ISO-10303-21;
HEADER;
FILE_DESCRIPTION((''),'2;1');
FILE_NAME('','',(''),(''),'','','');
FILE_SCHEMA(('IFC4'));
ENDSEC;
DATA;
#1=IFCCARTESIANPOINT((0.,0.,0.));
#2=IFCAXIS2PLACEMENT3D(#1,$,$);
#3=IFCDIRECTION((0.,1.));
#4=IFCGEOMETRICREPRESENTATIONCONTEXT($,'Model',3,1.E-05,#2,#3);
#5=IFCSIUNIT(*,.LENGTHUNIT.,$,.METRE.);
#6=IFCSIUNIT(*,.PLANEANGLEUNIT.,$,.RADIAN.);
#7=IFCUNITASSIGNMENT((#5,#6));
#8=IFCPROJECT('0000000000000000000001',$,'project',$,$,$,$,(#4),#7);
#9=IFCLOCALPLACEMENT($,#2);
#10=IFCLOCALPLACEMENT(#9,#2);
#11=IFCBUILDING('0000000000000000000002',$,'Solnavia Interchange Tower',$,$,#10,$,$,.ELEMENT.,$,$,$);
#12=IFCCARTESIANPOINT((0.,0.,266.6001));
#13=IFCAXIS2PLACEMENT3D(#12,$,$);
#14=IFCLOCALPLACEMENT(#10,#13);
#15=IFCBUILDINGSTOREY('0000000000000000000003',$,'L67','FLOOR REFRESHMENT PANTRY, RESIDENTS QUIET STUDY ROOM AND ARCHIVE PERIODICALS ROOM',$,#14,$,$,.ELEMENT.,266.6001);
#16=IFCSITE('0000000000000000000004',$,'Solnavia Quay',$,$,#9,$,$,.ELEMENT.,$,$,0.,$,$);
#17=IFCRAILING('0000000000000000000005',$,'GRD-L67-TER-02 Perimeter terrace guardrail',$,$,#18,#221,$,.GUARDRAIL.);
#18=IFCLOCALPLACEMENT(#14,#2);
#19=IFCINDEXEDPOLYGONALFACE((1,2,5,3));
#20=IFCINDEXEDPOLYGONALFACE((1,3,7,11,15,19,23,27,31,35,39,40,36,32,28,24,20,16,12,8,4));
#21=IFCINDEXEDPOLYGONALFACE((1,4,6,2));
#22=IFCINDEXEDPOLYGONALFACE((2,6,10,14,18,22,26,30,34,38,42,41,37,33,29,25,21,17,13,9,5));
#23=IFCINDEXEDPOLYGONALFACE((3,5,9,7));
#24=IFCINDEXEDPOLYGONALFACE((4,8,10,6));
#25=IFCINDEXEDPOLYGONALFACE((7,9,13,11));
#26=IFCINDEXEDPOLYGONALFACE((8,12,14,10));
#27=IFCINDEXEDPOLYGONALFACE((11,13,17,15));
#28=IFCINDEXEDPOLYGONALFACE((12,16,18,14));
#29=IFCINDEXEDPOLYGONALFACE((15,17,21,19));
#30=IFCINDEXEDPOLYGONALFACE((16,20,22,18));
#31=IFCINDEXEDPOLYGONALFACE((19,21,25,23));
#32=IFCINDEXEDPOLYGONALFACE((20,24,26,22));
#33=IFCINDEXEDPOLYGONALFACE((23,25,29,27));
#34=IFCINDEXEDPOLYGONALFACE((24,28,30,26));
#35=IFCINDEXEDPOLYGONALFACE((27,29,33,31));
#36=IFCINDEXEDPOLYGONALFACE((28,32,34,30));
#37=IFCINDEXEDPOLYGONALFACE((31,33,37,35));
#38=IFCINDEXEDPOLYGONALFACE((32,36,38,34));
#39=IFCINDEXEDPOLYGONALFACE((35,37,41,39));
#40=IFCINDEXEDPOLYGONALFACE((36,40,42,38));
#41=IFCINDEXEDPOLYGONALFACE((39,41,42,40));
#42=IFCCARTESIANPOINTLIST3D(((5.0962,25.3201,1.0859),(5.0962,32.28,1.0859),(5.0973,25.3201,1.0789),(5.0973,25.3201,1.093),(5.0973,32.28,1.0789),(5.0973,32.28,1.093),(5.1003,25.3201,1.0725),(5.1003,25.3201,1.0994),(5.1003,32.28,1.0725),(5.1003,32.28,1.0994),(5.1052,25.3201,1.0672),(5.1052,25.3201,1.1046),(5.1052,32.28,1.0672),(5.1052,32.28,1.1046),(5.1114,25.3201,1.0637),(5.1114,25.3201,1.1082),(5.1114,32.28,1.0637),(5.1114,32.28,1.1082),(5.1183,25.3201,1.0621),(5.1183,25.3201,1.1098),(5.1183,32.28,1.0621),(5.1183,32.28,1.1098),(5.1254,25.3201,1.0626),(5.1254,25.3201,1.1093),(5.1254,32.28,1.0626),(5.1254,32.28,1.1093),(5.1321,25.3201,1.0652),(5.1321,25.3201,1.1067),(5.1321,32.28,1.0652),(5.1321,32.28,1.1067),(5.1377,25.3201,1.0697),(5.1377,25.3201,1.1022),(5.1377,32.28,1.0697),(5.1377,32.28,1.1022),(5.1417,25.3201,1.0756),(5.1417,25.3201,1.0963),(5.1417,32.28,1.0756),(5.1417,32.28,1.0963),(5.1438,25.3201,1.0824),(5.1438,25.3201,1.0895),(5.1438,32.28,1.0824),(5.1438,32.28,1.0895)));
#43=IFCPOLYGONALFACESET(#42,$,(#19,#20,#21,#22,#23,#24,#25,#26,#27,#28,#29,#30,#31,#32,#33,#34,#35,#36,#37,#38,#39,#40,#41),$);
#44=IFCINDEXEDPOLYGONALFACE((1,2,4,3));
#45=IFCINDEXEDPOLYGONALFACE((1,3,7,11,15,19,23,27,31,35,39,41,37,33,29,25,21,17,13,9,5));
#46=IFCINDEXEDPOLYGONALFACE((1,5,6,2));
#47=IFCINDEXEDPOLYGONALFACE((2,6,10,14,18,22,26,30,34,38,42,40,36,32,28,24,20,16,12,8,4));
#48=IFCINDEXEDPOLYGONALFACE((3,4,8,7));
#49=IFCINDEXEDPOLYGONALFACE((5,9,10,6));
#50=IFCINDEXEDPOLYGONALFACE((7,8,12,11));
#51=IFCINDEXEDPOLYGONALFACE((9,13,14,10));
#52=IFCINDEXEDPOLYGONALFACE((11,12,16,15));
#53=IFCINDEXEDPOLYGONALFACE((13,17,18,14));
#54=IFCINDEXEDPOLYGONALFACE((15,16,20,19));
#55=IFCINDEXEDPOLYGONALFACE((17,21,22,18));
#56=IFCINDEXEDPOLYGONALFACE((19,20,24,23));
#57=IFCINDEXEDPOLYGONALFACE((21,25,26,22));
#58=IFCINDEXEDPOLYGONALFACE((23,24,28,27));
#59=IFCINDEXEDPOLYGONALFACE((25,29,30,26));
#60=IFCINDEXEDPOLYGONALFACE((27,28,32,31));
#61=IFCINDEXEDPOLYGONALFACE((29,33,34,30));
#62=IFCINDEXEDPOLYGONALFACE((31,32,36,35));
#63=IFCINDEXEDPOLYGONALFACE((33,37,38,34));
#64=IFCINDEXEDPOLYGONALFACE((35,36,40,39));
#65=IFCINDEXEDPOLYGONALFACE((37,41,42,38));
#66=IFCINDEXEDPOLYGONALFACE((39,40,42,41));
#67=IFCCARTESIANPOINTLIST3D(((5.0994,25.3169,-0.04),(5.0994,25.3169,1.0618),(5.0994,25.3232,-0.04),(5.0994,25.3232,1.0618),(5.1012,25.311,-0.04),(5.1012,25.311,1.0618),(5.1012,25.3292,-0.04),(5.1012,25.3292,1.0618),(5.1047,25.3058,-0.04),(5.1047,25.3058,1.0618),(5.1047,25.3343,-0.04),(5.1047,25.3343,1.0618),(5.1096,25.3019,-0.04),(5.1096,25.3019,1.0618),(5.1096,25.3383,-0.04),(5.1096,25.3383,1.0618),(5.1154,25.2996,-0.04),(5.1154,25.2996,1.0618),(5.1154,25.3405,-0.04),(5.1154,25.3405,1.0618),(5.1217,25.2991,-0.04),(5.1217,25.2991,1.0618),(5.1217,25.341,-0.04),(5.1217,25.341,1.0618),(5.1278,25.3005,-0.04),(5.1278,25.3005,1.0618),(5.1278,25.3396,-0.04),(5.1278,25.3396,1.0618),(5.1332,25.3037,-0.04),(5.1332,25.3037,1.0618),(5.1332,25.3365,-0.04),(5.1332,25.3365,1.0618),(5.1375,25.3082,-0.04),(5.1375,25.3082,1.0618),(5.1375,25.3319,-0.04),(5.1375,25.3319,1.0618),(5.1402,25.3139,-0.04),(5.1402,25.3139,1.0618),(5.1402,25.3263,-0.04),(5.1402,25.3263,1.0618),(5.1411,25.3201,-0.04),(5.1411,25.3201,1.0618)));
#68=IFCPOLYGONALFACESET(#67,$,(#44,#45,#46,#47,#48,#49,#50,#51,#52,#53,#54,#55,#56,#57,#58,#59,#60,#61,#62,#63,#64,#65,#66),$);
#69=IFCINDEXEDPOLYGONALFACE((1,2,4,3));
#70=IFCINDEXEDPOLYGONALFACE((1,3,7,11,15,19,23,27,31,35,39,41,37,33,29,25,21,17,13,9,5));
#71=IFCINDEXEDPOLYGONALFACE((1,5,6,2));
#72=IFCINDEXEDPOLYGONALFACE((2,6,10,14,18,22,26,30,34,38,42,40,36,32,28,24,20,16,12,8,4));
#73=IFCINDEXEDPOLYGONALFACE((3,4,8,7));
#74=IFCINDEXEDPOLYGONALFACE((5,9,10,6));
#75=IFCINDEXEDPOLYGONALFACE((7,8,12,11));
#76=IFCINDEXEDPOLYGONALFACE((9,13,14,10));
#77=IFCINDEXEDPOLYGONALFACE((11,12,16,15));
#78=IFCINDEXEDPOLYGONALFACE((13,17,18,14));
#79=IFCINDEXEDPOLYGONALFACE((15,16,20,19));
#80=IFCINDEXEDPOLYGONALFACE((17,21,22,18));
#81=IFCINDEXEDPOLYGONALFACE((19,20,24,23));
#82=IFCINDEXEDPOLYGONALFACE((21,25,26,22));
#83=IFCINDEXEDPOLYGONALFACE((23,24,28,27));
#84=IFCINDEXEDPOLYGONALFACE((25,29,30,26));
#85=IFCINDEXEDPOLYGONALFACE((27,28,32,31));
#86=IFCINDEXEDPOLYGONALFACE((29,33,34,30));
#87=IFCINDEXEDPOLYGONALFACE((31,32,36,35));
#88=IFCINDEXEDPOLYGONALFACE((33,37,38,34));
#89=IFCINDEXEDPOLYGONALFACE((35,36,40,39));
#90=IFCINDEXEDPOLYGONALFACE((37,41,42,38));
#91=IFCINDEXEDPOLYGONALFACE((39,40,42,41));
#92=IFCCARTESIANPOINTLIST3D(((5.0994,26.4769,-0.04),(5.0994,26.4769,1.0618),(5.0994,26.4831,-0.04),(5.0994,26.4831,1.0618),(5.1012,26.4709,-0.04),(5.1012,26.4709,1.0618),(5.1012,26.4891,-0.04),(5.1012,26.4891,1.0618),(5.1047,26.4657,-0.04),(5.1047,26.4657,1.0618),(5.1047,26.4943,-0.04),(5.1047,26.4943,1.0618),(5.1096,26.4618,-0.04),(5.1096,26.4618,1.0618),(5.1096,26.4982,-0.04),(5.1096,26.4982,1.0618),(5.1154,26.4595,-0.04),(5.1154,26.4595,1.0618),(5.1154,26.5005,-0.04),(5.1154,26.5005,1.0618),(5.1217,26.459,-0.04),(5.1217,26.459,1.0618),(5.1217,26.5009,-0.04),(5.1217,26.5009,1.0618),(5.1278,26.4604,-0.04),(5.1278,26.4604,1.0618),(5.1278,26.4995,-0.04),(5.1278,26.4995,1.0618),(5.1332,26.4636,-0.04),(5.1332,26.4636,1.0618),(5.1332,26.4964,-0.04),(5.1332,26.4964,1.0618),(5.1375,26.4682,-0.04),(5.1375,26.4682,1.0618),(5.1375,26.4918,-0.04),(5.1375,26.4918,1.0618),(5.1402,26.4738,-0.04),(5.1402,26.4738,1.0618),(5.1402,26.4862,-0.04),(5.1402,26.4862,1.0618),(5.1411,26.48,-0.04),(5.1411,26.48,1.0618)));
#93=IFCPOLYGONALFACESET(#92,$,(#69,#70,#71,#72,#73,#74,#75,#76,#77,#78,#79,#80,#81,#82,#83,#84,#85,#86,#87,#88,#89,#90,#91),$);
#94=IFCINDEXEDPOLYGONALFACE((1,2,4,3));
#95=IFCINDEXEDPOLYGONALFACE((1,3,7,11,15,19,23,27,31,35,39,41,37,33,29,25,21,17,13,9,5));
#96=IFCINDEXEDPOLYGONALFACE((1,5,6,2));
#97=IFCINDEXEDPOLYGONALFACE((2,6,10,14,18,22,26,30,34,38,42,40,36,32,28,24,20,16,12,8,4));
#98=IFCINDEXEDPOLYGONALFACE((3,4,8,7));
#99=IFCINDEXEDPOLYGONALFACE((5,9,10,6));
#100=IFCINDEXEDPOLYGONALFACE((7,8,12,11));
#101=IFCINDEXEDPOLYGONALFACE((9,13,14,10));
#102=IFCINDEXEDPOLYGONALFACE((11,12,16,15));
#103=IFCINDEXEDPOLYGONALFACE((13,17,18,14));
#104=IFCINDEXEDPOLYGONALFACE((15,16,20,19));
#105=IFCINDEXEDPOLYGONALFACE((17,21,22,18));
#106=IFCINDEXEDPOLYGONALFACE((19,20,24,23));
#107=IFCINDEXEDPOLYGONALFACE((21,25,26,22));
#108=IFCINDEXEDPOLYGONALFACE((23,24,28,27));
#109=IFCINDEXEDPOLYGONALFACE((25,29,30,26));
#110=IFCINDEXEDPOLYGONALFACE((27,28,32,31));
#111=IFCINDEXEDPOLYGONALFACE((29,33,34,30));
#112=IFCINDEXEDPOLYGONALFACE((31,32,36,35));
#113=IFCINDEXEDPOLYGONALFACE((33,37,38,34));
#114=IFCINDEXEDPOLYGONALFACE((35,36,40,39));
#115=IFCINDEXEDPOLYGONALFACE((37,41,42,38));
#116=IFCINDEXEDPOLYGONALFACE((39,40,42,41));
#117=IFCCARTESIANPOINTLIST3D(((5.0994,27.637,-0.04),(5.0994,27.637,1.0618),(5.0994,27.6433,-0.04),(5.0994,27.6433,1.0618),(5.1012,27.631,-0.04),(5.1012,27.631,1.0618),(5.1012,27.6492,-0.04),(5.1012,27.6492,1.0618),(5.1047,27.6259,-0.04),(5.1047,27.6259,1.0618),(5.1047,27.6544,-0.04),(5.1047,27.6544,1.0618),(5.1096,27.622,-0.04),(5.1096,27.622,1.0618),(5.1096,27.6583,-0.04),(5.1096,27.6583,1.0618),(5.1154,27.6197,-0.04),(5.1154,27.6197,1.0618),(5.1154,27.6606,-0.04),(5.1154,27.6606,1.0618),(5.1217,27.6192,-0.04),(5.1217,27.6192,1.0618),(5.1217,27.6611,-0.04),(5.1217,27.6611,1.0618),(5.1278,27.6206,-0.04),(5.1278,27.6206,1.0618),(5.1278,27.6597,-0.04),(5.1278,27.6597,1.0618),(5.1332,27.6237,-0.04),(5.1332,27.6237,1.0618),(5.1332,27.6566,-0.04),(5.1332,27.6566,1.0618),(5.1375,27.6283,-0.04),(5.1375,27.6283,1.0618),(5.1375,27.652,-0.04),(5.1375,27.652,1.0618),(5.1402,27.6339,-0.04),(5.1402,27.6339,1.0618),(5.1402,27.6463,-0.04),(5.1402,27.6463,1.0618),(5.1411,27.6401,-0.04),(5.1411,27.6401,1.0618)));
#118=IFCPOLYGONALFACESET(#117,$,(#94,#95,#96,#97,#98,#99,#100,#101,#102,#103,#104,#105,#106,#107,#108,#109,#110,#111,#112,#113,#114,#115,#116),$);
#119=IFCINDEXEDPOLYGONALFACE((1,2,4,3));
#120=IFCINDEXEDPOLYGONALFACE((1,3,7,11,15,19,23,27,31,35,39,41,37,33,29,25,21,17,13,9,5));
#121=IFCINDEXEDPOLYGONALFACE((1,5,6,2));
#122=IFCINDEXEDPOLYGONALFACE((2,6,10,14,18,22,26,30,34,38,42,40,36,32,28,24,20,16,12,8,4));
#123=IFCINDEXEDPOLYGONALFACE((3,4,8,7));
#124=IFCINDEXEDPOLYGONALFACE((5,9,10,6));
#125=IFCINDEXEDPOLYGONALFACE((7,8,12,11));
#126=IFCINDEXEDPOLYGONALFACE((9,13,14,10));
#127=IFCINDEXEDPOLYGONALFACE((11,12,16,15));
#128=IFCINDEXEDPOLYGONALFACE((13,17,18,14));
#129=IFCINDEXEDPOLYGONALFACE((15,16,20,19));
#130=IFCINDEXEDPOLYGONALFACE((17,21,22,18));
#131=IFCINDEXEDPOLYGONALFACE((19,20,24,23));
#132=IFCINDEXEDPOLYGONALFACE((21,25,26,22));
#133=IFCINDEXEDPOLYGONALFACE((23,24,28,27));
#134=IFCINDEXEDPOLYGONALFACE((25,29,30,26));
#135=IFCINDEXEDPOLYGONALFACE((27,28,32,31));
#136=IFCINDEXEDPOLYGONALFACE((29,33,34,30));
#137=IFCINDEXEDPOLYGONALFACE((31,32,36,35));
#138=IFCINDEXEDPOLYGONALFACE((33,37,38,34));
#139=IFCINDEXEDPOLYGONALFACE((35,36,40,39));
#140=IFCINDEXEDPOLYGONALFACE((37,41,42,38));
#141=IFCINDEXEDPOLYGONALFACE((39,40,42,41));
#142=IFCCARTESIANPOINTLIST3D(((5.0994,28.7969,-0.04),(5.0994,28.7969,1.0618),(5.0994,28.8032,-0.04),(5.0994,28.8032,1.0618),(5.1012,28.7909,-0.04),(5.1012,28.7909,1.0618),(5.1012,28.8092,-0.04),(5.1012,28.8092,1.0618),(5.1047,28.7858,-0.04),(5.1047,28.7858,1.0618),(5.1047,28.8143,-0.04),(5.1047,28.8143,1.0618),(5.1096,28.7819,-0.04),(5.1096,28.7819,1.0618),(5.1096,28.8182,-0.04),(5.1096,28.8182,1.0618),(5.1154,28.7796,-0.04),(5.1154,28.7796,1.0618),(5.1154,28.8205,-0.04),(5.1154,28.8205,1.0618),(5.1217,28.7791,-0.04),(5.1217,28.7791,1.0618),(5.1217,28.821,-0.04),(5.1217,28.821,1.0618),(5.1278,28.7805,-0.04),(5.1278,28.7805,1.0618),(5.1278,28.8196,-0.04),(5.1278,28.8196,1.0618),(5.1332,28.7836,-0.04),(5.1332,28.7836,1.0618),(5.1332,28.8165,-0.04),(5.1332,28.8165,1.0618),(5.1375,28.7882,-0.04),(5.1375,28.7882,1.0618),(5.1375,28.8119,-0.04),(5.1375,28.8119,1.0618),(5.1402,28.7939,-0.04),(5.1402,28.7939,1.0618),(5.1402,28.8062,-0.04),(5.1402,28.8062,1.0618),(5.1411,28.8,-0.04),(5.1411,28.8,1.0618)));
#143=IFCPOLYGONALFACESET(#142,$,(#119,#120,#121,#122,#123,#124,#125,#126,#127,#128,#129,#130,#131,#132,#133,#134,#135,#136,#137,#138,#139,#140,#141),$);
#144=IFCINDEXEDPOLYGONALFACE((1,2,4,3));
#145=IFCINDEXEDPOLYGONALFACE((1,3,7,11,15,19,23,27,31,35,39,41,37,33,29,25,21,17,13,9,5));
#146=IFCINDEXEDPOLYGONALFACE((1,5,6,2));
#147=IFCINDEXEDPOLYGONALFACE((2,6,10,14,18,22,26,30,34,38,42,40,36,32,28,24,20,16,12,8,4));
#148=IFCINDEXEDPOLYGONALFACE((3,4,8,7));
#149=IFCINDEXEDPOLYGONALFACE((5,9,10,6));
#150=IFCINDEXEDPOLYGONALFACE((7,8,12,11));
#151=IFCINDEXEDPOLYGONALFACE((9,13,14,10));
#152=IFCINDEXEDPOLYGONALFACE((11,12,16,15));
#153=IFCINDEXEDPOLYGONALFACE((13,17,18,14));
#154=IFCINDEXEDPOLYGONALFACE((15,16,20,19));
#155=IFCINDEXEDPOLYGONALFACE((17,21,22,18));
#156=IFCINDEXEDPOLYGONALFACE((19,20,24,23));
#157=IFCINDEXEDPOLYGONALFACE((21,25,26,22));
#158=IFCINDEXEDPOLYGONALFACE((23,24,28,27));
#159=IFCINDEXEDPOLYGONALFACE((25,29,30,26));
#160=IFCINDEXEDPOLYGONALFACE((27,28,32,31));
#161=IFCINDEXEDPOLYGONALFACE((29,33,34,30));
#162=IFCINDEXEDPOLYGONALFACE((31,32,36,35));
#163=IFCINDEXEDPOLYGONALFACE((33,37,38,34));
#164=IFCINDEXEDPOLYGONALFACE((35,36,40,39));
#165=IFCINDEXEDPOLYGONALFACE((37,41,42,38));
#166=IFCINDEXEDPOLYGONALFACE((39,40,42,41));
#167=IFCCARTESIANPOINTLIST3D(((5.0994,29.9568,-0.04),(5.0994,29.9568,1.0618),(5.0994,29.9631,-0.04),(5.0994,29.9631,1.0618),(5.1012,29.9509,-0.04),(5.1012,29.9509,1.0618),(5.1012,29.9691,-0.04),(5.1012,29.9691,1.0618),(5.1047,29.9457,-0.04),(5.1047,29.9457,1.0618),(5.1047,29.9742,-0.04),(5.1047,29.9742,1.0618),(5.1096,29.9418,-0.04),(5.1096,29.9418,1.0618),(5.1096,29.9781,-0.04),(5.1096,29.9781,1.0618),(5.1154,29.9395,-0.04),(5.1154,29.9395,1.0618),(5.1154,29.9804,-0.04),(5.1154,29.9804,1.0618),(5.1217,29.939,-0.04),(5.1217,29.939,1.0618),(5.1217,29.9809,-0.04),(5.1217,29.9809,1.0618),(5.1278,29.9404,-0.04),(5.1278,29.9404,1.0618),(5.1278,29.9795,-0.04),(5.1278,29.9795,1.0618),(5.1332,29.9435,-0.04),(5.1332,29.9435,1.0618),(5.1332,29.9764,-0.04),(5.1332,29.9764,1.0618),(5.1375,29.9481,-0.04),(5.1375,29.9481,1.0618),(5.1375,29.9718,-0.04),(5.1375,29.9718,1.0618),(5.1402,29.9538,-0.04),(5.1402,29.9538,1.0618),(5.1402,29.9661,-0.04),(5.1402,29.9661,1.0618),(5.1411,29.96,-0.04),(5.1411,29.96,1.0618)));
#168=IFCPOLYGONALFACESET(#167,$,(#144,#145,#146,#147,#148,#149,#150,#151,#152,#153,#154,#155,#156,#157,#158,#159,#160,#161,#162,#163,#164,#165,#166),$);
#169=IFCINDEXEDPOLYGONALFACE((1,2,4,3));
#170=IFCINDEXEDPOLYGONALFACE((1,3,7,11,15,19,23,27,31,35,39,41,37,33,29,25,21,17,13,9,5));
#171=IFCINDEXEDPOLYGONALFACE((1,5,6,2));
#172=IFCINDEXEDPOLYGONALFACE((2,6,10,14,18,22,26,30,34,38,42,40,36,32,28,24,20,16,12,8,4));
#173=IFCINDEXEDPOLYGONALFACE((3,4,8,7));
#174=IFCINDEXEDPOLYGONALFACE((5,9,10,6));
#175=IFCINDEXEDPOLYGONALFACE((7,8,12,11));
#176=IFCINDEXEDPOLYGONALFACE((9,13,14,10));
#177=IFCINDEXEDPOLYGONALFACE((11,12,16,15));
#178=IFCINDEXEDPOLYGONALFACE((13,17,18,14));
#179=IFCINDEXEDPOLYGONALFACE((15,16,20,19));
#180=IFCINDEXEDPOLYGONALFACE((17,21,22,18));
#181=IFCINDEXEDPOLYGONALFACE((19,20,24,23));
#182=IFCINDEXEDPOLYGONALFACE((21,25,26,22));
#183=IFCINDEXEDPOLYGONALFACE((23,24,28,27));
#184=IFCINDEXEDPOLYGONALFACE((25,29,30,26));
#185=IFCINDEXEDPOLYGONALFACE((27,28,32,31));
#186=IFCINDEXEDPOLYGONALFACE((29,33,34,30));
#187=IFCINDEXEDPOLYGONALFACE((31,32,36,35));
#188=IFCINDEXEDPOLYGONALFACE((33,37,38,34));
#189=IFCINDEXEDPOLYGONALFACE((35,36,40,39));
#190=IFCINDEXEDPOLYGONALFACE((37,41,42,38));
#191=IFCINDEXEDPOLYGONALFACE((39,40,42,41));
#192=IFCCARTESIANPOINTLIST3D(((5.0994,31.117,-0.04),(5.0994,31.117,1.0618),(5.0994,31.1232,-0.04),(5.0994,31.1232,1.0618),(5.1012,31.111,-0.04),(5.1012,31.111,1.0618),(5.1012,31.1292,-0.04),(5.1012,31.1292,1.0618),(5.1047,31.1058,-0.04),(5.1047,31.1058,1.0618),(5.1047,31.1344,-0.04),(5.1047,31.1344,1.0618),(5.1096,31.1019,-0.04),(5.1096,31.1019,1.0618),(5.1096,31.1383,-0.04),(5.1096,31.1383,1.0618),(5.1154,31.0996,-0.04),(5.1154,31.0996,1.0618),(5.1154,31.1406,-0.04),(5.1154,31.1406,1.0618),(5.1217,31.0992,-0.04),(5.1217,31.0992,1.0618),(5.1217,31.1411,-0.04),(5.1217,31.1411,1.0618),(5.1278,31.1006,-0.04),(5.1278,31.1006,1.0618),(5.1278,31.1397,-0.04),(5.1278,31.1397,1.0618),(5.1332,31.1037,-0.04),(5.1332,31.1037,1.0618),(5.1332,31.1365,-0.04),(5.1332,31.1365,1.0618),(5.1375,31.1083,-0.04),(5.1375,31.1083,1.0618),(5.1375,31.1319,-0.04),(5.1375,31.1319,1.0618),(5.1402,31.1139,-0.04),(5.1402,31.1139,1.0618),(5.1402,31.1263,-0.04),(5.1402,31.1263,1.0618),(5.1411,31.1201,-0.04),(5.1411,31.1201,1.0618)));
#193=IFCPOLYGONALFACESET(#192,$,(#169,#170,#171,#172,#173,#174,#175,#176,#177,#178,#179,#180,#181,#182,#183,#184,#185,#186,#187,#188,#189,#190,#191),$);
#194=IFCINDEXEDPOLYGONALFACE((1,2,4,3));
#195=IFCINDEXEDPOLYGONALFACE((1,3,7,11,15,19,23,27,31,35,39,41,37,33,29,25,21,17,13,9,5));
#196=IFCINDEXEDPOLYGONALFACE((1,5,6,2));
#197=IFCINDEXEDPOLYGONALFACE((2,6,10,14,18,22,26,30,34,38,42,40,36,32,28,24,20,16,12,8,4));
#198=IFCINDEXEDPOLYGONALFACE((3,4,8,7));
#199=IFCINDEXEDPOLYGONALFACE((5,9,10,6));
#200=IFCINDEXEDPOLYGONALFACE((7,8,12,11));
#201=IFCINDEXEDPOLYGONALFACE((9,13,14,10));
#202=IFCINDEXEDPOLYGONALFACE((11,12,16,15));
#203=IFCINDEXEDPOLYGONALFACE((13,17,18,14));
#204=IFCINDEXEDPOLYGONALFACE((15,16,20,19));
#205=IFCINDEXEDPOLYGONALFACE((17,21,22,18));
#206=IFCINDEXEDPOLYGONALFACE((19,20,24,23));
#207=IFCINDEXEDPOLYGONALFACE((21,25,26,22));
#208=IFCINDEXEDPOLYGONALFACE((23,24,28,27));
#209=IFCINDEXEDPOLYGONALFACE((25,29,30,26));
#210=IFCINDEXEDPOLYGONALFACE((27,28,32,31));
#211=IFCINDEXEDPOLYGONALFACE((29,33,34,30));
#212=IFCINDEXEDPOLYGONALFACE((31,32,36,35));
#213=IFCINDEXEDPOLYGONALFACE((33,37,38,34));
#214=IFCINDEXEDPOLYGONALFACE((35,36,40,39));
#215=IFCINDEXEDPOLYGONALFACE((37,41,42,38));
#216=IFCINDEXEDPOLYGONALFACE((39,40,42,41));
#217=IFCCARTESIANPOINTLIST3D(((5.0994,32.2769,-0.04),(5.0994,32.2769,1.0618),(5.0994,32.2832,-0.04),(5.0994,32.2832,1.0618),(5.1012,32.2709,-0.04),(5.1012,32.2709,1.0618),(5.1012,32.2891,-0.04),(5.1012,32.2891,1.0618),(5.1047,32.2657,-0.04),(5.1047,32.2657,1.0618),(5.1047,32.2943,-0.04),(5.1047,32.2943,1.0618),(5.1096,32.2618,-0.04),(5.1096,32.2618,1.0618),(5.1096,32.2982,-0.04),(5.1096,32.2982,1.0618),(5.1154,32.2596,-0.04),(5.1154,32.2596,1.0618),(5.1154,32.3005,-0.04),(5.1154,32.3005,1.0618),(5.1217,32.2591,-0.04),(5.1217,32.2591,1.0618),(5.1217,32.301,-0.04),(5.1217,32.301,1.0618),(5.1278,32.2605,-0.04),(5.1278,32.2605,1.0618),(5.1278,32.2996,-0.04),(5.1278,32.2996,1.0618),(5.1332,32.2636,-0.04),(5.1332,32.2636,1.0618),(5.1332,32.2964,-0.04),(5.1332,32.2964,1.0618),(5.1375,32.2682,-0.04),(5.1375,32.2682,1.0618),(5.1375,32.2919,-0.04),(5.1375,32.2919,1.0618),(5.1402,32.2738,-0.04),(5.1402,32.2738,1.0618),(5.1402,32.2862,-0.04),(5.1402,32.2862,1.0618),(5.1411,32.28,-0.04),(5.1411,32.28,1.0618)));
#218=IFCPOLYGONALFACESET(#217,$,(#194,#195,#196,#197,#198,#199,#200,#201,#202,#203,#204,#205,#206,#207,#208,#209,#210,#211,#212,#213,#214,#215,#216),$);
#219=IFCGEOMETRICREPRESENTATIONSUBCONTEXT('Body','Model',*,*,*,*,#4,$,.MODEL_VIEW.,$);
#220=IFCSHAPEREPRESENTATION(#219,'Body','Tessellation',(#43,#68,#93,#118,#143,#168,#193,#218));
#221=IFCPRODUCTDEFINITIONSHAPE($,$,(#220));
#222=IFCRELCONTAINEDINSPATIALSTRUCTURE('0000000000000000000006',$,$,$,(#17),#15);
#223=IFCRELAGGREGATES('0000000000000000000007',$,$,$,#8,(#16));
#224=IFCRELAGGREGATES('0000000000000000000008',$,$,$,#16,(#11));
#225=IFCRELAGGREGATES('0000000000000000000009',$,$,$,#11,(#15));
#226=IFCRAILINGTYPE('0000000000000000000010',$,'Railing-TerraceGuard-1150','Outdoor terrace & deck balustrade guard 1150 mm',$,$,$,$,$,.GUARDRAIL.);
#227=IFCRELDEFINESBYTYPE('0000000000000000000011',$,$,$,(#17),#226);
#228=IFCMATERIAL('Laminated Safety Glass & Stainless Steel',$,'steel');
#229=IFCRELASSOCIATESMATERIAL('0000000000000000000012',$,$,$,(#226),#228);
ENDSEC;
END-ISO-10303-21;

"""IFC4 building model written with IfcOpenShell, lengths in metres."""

from ifc_helpers import new_model, si_unit, direction, frame, origin, origin_2d, place, context, subcontext, project, spatial, circle, extrude, material, type_object, element, save


model = new_model("IFC4")

# Units and contexts
model_context = context("Model", 3, precision=1e-05, world=origin(), true_north=direction((0.0, 1.0)))
body_context = subcontext(model_context, "Body", "Model", "MODEL_VIEW")
ifc_project = project(units=[si_unit("LENGTHUNIT", "METRE"), si_unit("PLANEANGLEUNIT", "RADIAN")], contexts=[model_context])

# Site, building, storey
site_placement = place(None, origin())
site = spatial("IfcSite", under=ifc_project, at=site_placement, Name="Solnavia Quay", CompositionType="ELEMENT", RefElevation=0.0)
building_placement = place(site_placement, origin())
building = spatial("IfcBuilding", under=site, at=building_placement, Name="Solnavia Interchange Tower", CompositionType="ELEMENT")
storey_placement = place(building_placement, frame((0.0, 0.0, 266.6001)))
storey = spatial("IfcBuildingStorey", under=building, at=storey_placement, Name="L67", Description="FLOOR REFRESHMENT PANTRY, RESIDENTS QUIET STUDY ROOM AND ARCHIVE PERIODICALS ROOM", CompositionType="ELEMENT", Elevation=266.6001)

# Railing
ifc_material_1 = material(Name="Laminated Safety Glass & Stainless Steel", Category="steel")
railing_type_1 = type_object("IfcRailingType", Name="Railing-TerraceGuard-1150", Description="Outdoor terrace & deck balustrade guard 1150 mm", PredefinedType="GUARDRAIL", material=ifc_material_1)
railing_1_placement = place(storey_placement, frame((5.1201, 25.3201, -0.04)))
element("IfcRailing", 1, at=railing_1_placement, inside=storey, type_object=railing_type_1, Name="GRD-L67-TER-02 Perimeter terrace guardrail", PredefinedType="GUARDRAIL", context=body_context, shape_type="SweptSolid", body=[
    extrude(circle(Radius=0.0239, at=origin_2d()), frame((0.0, 0.0, 1.126), z_axis=(0.0, 1.0, 0.0), x_axis=(-1.0, 0.0, 0.0)), (0.0, 0.0, 1.0), 6.96),
    extrude(circle(Radius=0.021, at=origin_2d()), origin(), (0.0, 0.0, 1.0), 1.1018),
    extrude(circle(Radius=0.021, at=origin_2d()), frame((0.0, 1.1599, 0.0)), (0.0, 0.0, 1.0), 1.1018),
    extrude(circle(Radius=0.021, at=origin_2d()), frame((0.0, 2.3201, 0.0)), (0.0, 0.0, 1.0), 1.1018),
    extrude(circle(Radius=0.021, at=origin_2d()), frame((0.0, 3.48, 0.0)), (0.0, 0.0, 1.0), 1.1018),
    extrude(circle(Radius=0.021, at=origin_2d()), frame((0.0, 4.6399, 0.0)), (0.0, 0.0, 1.0), 1.1018),
    extrude(circle(Radius=0.021, at=origin_2d()), frame((0.0, 5.8, 0.0)), (0.0, 0.0, 1.0), 1.1018),
    extrude(circle(Radius=0.021, at=origin_2d()), frame((0.0, 6.96, 0.0)), (0.0, 0.0, 1.0), 1.1018),
])

save(model, "model.ifc")
